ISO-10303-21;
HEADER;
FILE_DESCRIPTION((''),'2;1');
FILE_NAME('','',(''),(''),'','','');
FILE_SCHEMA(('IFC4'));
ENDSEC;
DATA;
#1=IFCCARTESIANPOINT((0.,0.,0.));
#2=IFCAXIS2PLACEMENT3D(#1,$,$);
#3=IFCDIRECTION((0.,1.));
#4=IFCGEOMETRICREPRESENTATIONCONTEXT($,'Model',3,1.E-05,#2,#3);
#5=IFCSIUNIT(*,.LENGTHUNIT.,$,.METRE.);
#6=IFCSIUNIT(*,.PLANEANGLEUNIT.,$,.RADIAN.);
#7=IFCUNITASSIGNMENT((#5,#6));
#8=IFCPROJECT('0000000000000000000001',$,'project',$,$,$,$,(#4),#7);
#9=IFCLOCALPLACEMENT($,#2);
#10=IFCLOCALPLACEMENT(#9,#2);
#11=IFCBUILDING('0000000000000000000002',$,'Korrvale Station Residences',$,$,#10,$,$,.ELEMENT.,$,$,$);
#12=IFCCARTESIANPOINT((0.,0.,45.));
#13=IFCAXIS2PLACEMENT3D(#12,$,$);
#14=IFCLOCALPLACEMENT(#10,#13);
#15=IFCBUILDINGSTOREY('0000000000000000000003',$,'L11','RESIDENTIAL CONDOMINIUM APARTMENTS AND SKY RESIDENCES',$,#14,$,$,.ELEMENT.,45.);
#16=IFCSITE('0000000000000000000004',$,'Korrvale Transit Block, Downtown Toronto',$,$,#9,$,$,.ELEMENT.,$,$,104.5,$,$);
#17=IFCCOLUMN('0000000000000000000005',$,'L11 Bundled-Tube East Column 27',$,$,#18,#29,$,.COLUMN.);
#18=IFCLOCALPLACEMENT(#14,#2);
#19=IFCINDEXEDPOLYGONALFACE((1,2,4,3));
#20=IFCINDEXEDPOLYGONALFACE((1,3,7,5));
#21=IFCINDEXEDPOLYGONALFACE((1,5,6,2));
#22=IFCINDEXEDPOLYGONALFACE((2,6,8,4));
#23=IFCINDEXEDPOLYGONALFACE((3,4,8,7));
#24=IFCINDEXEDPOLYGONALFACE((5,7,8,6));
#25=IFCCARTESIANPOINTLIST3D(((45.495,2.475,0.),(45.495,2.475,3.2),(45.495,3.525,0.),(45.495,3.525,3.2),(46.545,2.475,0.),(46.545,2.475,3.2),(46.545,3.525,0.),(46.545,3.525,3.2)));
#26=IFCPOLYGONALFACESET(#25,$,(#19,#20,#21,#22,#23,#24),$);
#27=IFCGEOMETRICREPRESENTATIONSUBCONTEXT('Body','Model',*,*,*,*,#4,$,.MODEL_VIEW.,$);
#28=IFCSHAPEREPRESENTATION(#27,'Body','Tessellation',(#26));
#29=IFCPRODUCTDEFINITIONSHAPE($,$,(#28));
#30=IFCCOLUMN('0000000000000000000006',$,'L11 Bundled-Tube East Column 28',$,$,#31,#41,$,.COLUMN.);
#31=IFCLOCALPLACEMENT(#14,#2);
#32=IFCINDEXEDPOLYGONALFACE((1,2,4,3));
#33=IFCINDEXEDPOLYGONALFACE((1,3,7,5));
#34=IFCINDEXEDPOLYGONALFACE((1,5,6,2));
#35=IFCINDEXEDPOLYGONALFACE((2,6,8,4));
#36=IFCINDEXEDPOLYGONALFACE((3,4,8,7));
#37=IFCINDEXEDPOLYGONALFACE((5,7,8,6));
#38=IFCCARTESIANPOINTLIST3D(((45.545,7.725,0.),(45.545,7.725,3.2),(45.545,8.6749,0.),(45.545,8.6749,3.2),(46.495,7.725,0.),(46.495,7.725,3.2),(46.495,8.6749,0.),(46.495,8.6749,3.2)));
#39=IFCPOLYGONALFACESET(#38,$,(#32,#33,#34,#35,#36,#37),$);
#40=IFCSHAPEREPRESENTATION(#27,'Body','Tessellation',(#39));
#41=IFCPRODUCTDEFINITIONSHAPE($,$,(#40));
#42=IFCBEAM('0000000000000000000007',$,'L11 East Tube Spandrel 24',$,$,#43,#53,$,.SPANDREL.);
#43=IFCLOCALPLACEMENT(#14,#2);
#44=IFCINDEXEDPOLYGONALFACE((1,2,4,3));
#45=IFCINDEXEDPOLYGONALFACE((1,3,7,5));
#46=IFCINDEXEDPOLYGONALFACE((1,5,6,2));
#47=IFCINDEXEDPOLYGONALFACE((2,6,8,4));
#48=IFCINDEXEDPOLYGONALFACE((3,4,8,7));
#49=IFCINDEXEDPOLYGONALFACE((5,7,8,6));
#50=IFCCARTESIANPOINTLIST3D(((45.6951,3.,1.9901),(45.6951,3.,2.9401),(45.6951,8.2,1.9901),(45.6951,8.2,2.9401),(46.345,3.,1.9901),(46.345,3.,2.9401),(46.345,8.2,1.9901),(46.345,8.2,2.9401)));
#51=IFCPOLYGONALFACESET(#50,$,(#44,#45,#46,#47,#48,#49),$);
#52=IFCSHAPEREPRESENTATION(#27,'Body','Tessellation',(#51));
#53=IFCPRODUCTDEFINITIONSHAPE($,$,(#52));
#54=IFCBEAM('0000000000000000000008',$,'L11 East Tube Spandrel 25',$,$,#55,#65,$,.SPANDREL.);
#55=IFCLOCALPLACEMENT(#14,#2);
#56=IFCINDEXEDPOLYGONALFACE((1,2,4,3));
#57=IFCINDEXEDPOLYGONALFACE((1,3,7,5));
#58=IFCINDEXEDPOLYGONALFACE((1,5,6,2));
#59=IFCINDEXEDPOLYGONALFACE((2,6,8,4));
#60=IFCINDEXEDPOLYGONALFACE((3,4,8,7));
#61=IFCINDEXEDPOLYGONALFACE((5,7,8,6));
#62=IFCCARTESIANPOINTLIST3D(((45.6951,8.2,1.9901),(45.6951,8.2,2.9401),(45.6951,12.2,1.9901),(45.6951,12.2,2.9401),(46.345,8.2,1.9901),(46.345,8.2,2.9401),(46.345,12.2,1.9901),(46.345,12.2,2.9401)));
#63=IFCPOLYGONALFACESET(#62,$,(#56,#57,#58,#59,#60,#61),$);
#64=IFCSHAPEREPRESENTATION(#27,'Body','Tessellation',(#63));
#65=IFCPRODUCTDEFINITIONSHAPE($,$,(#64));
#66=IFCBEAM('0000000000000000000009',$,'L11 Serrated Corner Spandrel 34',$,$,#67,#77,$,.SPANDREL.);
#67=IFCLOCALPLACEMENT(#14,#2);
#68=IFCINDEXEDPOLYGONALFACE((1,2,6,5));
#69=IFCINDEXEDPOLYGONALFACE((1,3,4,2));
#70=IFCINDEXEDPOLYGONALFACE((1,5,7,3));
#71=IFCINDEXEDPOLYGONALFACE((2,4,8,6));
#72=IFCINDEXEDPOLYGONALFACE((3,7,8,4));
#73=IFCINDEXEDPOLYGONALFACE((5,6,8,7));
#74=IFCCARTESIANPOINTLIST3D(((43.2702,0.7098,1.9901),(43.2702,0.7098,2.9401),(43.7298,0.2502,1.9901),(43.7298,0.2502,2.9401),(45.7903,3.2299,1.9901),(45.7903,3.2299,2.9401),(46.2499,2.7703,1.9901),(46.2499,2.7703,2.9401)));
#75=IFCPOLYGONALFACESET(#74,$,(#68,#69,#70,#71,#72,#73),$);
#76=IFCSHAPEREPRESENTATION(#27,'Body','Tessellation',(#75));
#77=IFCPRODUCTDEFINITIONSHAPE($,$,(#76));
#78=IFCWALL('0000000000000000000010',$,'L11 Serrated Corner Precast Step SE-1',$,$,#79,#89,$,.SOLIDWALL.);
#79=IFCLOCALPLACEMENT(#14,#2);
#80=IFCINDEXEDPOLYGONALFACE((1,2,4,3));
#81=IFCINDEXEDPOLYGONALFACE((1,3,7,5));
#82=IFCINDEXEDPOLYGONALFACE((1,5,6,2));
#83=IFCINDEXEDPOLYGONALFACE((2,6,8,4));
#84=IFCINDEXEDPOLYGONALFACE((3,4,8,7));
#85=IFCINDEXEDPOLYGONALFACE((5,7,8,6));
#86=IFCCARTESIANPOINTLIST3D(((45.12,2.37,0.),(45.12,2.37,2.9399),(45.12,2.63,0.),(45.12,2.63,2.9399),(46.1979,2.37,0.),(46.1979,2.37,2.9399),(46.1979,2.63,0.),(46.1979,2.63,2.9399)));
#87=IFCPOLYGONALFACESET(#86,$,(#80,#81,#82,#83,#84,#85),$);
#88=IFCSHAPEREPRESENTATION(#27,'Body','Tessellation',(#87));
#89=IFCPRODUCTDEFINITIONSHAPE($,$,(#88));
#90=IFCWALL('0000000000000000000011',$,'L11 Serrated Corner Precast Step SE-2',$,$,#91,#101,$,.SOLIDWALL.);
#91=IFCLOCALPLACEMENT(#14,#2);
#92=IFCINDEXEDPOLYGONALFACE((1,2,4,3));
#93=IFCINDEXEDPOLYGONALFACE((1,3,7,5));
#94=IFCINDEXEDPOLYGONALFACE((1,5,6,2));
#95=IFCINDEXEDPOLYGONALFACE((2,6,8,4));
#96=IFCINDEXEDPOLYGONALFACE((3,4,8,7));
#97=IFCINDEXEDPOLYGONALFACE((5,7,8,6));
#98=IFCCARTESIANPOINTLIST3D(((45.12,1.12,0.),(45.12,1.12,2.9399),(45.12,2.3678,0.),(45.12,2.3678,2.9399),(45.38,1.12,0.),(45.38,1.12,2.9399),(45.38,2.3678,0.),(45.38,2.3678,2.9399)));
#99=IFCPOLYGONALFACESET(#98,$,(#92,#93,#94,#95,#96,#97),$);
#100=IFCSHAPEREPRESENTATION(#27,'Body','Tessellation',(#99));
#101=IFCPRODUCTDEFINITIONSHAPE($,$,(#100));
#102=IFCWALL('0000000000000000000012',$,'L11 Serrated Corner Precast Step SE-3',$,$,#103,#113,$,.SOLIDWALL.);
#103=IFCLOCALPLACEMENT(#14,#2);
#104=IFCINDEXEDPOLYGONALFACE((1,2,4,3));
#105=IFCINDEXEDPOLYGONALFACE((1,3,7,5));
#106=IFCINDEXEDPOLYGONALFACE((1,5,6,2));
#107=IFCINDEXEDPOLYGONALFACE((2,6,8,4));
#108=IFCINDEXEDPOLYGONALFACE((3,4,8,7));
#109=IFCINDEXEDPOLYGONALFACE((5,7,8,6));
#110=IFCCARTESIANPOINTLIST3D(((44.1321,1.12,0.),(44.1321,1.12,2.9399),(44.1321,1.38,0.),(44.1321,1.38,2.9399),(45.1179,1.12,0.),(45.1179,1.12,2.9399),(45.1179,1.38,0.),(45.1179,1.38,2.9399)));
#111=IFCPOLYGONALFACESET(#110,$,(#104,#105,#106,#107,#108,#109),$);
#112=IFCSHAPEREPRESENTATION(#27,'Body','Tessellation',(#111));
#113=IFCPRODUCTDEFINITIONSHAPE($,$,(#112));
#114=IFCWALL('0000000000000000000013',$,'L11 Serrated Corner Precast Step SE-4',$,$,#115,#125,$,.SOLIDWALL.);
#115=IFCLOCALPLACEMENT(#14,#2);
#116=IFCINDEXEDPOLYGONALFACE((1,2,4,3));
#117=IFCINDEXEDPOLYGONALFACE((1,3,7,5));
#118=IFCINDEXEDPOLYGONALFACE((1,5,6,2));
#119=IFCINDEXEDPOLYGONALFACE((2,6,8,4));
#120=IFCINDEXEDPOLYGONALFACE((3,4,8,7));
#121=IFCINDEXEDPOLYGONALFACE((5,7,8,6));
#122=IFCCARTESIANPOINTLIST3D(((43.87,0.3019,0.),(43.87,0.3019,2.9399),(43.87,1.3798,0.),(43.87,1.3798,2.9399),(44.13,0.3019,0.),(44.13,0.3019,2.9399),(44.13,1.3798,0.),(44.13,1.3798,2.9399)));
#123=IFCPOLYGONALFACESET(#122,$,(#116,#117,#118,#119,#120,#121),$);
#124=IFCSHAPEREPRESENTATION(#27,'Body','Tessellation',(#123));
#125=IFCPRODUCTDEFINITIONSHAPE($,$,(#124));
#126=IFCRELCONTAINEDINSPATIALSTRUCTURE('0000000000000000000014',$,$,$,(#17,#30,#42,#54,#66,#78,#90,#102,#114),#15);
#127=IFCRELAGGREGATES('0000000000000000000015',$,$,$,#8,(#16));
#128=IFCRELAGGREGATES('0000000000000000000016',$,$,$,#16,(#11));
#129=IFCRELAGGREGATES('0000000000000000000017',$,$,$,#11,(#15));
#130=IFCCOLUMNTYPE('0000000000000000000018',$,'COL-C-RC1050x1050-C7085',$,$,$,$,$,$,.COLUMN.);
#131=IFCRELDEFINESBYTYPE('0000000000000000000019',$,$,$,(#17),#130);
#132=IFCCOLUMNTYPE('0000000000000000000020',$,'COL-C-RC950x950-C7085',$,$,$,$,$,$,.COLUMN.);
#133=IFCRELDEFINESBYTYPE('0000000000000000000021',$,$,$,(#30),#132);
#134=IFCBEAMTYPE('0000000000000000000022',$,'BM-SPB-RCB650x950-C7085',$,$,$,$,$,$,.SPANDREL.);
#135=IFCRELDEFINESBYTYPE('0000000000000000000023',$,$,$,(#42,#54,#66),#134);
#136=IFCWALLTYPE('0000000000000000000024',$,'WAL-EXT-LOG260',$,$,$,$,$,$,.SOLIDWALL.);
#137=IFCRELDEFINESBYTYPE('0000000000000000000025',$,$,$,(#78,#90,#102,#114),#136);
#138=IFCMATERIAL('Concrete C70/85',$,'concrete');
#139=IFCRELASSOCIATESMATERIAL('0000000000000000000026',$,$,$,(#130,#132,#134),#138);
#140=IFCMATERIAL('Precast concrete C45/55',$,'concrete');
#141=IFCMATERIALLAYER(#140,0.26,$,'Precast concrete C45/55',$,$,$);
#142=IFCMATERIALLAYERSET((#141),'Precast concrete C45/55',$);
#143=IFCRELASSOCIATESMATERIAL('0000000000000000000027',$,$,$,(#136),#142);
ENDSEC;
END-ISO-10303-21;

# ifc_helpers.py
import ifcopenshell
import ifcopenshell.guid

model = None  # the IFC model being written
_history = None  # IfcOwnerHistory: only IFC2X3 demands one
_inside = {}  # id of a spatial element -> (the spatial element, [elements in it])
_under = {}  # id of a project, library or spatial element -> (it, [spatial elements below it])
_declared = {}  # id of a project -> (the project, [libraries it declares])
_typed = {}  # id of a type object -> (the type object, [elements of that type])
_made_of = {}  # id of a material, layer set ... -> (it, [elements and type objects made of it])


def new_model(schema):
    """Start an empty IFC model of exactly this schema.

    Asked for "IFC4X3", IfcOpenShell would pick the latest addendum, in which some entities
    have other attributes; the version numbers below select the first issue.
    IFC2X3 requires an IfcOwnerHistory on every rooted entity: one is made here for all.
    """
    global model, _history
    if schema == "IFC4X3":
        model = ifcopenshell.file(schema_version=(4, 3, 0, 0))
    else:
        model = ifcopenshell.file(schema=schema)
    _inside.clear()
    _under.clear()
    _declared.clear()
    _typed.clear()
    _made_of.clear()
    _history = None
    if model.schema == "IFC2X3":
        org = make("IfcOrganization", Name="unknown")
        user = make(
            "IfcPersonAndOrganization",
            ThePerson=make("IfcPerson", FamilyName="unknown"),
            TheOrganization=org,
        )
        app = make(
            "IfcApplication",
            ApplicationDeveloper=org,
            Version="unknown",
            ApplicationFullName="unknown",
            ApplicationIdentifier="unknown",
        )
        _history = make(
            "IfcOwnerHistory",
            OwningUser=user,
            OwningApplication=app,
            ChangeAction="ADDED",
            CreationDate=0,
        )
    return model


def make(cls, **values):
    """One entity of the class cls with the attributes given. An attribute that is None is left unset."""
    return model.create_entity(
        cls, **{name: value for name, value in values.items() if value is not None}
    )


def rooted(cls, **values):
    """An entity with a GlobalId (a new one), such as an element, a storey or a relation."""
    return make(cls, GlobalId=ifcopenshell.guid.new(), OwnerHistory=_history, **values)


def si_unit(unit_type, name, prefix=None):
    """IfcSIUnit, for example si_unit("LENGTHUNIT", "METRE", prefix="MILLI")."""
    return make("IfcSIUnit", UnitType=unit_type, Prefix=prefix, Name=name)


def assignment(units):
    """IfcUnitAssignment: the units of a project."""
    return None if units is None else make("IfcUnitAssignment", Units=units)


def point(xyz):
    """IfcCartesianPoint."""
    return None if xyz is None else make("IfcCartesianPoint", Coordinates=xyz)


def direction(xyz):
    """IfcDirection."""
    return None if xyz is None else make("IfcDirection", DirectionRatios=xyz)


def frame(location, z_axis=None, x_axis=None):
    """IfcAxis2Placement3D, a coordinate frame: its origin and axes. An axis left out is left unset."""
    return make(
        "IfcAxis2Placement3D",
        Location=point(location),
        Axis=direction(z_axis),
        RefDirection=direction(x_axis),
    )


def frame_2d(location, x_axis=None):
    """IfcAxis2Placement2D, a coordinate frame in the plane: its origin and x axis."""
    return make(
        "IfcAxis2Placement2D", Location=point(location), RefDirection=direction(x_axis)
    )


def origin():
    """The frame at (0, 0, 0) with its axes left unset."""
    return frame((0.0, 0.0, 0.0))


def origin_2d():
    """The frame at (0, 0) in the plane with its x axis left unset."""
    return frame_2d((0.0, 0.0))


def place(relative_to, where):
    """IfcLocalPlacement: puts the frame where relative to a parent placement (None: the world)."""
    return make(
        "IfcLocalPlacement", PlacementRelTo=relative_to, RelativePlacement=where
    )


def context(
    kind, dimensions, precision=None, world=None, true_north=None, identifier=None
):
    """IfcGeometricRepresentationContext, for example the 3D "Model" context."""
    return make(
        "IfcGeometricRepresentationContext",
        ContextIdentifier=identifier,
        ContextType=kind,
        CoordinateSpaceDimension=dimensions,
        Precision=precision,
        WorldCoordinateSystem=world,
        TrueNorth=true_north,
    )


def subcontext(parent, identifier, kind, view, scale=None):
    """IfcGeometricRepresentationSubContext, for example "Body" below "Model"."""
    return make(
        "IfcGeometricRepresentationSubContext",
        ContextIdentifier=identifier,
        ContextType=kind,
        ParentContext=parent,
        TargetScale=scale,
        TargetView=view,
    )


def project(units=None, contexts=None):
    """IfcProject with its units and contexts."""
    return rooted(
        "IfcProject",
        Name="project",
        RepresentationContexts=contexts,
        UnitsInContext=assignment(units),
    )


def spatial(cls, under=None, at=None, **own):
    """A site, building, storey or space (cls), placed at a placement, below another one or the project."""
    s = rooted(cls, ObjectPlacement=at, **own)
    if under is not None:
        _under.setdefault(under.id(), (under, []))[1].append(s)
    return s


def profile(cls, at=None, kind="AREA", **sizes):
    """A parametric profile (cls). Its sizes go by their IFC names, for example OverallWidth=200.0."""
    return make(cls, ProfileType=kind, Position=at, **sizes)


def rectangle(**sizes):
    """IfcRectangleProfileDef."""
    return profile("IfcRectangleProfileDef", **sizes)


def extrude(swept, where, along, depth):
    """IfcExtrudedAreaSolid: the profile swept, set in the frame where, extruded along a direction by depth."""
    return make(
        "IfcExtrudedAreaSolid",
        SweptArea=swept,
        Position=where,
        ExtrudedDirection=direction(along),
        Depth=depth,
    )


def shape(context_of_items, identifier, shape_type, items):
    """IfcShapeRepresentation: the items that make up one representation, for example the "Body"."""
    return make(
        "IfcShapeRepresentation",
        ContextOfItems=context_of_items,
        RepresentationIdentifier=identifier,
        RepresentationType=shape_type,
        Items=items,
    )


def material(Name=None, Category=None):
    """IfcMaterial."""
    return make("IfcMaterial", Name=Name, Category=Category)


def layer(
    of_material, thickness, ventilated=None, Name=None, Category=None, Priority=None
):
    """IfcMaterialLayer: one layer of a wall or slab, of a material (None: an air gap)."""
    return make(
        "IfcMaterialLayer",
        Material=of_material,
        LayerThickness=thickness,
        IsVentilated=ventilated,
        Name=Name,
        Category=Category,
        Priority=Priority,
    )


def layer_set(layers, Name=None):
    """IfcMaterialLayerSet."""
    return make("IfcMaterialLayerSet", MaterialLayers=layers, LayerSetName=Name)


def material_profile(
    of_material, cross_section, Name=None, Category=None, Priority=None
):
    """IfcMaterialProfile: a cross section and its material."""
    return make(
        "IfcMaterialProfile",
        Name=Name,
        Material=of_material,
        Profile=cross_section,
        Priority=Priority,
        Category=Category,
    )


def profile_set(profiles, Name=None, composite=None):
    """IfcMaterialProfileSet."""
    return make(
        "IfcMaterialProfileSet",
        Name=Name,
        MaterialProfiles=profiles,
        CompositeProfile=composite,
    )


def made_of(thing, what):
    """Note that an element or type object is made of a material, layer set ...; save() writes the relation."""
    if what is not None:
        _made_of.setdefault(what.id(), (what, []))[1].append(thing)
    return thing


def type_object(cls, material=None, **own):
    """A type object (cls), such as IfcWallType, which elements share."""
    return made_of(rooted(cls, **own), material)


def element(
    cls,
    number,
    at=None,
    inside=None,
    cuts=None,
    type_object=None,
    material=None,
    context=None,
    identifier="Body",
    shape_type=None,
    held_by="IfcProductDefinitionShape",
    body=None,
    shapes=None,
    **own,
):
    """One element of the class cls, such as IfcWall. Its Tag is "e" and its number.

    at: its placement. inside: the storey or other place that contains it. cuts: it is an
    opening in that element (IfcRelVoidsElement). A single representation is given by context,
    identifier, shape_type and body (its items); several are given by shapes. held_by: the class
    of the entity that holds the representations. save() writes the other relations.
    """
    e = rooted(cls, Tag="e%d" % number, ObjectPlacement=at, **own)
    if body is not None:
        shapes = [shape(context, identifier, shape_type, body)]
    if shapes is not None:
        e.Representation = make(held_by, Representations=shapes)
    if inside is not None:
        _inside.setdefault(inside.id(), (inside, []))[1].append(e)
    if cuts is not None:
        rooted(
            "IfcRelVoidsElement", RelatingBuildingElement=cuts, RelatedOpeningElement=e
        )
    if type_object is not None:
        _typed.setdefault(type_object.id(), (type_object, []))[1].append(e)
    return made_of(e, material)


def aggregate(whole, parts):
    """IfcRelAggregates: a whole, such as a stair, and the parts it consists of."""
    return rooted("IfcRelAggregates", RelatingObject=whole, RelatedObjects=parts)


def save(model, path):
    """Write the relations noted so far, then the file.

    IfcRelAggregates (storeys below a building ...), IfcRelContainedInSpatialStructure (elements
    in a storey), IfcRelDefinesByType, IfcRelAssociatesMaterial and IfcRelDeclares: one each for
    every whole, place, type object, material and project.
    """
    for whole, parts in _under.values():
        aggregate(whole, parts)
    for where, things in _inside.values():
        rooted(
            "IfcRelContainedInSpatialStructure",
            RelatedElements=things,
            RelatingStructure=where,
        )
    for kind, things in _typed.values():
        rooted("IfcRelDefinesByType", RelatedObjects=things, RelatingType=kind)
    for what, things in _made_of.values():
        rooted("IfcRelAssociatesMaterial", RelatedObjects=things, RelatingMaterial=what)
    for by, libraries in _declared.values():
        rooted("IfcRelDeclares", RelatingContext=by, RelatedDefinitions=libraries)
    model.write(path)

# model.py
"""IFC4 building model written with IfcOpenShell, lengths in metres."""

from ifc_helpers import new_model, si_unit, direction, frame, frame_2d, origin, origin_2d, place, context, subcontext, project, spatial, rectangle, extrude, material, layer, layer_set, material_profile, profile_set, type_object, element, save


model = new_model("IFC4")

# Units and contexts
model_context = context("Model", 3, precision=1e-05, world=origin(), true_north=direction((0.0, 1.0)))
body_context = subcontext(model_context, "Body", "Model", "MODEL_VIEW")
ifc_project = project(units=[si_unit("LENGTHUNIT", "METRE"), si_unit("PLANEANGLEUNIT", "RADIAN")], contexts=[model_context])

# Site, building, storey
site_placement = place(None, origin())
site = spatial("IfcSite", under=ifc_project, at=site_placement, Name="Korrvale Transit Block, Downtown Toronto", CompositionType="ELEMENT", RefElevation=104.5)
building_placement = place(site_placement, origin())
building = spatial("IfcBuilding", under=site, at=building_placement, Name="Korrvale Station Residences", CompositionType="ELEMENT")
storey_placement = place(building_placement, frame((0.0, 0.0, 45.0)))
storey = spatial("IfcBuildingStorey", under=building, at=storey_placement, Name="L11", Description="RESIDENTIAL CONDOMINIUM APARTMENTS AND SKY RESIDENCES", CompositionType="ELEMENT", Elevation=45.0)

# Columns
ifc_material_1 = material(Name="Concrete C70/85", Category="concrete")
ifc_material_profile_1 = material_profile(ifc_material_1, rectangle(XDim=1.05, YDim=1.05, at=origin_2d()), Name="RC1050x1050")
ifc_profile_set_1 = profile_set([ifc_material_profile_1], Name="Concrete C70/85")
column_type_1 = type_object("IfcColumnType", Name="COL-C-RC1050x1050-C7085", PredefinedType="COLUMN", material=ifc_profile_set_1)
column_1_placement = place(storey_placement, frame((46.02, 3.0, 0.0), z_axis=(0.0, 0.0, 1.0), x_axis=(1.0, 0.0, 0.0)))
element("IfcColumn", 1, at=column_1_placement, inside=storey, type_object=column_type_1, Name="L11 Bundled-Tube East Column 27", PredefinedType="COLUMN", context=body_context, shape_type="SweptSolid", body=[
    extrude(rectangle(XDim=1.05, YDim=1.05, at=origin_2d()), origin(), (0.0, 0.0, 1.0), 3.2),
])
ifc_material_profile_2 = material_profile(ifc_material_1, rectangle(XDim=0.95, YDim=0.95, at=origin_2d()), Name="RC950x950")
ifc_profile_set_2 = profile_set([ifc_material_profile_2], Name="Concrete C70/85")
column_type_2 = type_object("IfcColumnType", Name="COL-C-RC950x950-C7085", PredefinedType="COLUMN", material=ifc_profile_set_2)
column_2_placement = place(storey_placement, frame((46.02, 8.2, 0.0), z_axis=(0.0, 0.0, 1.0), x_axis=(1.0, 0.0, 0.0)))
element("IfcColumn", 2, at=column_2_placement, inside=storey, type_object=column_type_2, Name="L11 Bundled-Tube East Column 28", PredefinedType="COLUMN", context=body_context, shape_type="SweptSolid", body=[
    extrude(rectangle(XDim=0.95, YDim=0.95, at=origin_2d()), origin(), (0.0, 0.0, 1.0), 3.2),
])

# Beams
ifc_material_profile_3 = material_profile(ifc_material_1, rectangle(XDim=0.6499, YDim=0.95, at=origin_2d()), Name="RCB650x950")
ifc_profile_set_3 = profile_set([ifc_material_profile_3], Name="Concrete C70/85")
beam_type = type_object("IfcBeamType", Name="BM-SPB-RCB650x950-C7085", PredefinedType="SPANDREL", material=ifc_profile_set_3)
beam_1_placement = place(storey_placement, frame((46.02, 3.0, 2.4651), z_axis=(0.0, 1.0, 0.0), x_axis=(-1.0, 0.0, 0.0)))
element("IfcBeam", 3, at=beam_1_placement, inside=storey, type_object=beam_type, Name="L11 East Tube Spandrel 24", PredefinedType="SPANDREL", context=body_context, shape_type="SweptSolid", body=[
    extrude(rectangle(XDim=0.6499, YDim=0.95, at=origin_2d()), origin(), (0.0, 0.0, 1.0), 5.2),
])
beam_2_placement = place(storey_placement, frame((46.02, 8.2, 2.4651), z_axis=(0.0, 1.0, 0.0), x_axis=(-1.0, 0.0, 0.0)))
element("IfcBeam", 4, at=beam_2_placement, inside=storey, type_object=beam_type, Name="L11 East Tube Spandrel 25", PredefinedType="SPANDREL", context=body_context, shape_type="SweptSolid", body=[
    extrude(rectangle(XDim=0.6499, YDim=0.95, at=origin_2d()), origin(), (0.0, 0.0, 1.0), 4.0),
])
beam_3_placement = place(storey_placement, frame((43.5, 0.48, 2.4651), z_axis=(0.707107, 0.707107, 0.0), x_axis=(-0.707107, 0.707107, 0.0)))
element("IfcBeam", 5, at=beam_3_placement, inside=storey, type_object=beam_type, Name="L11 Serrated Corner Spandrel 34", PredefinedType="SPANDREL", context=body_context, shape_type="SweptSolid", body=[
    extrude(rectangle(XDim=0.6499, YDim=0.95, at=origin_2d()), origin(), (0.0, 0.0, 1.0), 3.564),
])

# Walls
ifc_material_2 = material(Name="Precast concrete C45/55", Category="concrete")
ifc_layer_1 = layer(ifc_material_2, 0.26, Name="Precast concrete C45/55")
ifc_layer_set_1 = layer_set([ifc_layer_1], Name="Precast concrete C45/55")
wall_type_1 = type_object("IfcWallType", Name="WAL-EXT-LOG260", PredefinedType="SOLIDWALL", material=ifc_layer_set_1)
wall_1_placement = place(storey_placement, frame((46.198, 2.5, 0.0), z_axis=(0.0, 0.0, 1.0), x_axis=(-1.0, 0.0, 0.0)))
element("IfcWall", 6, at=wall_1_placement, inside=storey, type_object=wall_type_1, Name="L11 Serrated Corner Precast Step SE-1", PredefinedType="SOLIDWALL", context=body_context, shape_type="SweptSolid", body=[
    extrude(rectangle(XDim=1.0779, YDim=0.26, at=frame_2d((0.5391, 0.0))), origin(), (0.0, 0.0, 1.0), 2.9399),
])
wall_2_placement = place(storey_placement, frame((45.25, 2.3679, 0.0), z_axis=(0.0, 0.0, 1.0), x_axis=(0.0, -1.0, 0.0)))
element("IfcWall", 7, at=wall_2_placement, inside=storey, type_object=wall_type_1, Name="L11 Serrated Corner Precast Step SE-2", PredefinedType="SOLIDWALL", context=body_context, shape_type="SweptSolid", body=[
    extrude(rectangle(XDim=1.2478, YDim=0.26, at=frame_2d((0.624, 0.0))), origin(), (0.0, 0.0, 1.0), 2.9399),
])
wall_3_placement = place(storey_placement, frame((45.1179, 1.25, 0.0), z_axis=(0.0, 0.0, 1.0), x_axis=(-1.0, 0.0, 0.0)))
element("IfcWall", 8, at=wall_3_placement, inside=storey, type_object=wall_type_1, Name="L11 Serrated Corner Precast Step SE-3", PredefinedType="SOLIDWALL", context=body_context, shape_type="SweptSolid", body=[
    extrude(rectangle(XDim=0.9858, YDim=0.26, at=frame_2d((0.4929, 0.0))), origin(), (0.0, 0.0, 1.0), 2.9399),
])
wall_4_placement = place(storey_placement, frame((44.0, 1.3799, 0.0), z_axis=(0.0, 0.0, 1.0), x_axis=(0.0, -1.0, 0.0)))
element("IfcWall", 9, at=wall_4_placement, inside=storey, type_object=wall_type_1, Name="L11 Serrated Corner Precast Step SE-4", PredefinedType="SOLIDWALL", context=body_context, shape_type="SweptSolid", body=[
    extrude(rectangle(XDim=1.0779, YDim=0.26, at=frame_2d((0.5391, 0.0))), origin(), (0.0, 0.0, 1.0), 2.9399),
])

save(model, "model.ifc")
